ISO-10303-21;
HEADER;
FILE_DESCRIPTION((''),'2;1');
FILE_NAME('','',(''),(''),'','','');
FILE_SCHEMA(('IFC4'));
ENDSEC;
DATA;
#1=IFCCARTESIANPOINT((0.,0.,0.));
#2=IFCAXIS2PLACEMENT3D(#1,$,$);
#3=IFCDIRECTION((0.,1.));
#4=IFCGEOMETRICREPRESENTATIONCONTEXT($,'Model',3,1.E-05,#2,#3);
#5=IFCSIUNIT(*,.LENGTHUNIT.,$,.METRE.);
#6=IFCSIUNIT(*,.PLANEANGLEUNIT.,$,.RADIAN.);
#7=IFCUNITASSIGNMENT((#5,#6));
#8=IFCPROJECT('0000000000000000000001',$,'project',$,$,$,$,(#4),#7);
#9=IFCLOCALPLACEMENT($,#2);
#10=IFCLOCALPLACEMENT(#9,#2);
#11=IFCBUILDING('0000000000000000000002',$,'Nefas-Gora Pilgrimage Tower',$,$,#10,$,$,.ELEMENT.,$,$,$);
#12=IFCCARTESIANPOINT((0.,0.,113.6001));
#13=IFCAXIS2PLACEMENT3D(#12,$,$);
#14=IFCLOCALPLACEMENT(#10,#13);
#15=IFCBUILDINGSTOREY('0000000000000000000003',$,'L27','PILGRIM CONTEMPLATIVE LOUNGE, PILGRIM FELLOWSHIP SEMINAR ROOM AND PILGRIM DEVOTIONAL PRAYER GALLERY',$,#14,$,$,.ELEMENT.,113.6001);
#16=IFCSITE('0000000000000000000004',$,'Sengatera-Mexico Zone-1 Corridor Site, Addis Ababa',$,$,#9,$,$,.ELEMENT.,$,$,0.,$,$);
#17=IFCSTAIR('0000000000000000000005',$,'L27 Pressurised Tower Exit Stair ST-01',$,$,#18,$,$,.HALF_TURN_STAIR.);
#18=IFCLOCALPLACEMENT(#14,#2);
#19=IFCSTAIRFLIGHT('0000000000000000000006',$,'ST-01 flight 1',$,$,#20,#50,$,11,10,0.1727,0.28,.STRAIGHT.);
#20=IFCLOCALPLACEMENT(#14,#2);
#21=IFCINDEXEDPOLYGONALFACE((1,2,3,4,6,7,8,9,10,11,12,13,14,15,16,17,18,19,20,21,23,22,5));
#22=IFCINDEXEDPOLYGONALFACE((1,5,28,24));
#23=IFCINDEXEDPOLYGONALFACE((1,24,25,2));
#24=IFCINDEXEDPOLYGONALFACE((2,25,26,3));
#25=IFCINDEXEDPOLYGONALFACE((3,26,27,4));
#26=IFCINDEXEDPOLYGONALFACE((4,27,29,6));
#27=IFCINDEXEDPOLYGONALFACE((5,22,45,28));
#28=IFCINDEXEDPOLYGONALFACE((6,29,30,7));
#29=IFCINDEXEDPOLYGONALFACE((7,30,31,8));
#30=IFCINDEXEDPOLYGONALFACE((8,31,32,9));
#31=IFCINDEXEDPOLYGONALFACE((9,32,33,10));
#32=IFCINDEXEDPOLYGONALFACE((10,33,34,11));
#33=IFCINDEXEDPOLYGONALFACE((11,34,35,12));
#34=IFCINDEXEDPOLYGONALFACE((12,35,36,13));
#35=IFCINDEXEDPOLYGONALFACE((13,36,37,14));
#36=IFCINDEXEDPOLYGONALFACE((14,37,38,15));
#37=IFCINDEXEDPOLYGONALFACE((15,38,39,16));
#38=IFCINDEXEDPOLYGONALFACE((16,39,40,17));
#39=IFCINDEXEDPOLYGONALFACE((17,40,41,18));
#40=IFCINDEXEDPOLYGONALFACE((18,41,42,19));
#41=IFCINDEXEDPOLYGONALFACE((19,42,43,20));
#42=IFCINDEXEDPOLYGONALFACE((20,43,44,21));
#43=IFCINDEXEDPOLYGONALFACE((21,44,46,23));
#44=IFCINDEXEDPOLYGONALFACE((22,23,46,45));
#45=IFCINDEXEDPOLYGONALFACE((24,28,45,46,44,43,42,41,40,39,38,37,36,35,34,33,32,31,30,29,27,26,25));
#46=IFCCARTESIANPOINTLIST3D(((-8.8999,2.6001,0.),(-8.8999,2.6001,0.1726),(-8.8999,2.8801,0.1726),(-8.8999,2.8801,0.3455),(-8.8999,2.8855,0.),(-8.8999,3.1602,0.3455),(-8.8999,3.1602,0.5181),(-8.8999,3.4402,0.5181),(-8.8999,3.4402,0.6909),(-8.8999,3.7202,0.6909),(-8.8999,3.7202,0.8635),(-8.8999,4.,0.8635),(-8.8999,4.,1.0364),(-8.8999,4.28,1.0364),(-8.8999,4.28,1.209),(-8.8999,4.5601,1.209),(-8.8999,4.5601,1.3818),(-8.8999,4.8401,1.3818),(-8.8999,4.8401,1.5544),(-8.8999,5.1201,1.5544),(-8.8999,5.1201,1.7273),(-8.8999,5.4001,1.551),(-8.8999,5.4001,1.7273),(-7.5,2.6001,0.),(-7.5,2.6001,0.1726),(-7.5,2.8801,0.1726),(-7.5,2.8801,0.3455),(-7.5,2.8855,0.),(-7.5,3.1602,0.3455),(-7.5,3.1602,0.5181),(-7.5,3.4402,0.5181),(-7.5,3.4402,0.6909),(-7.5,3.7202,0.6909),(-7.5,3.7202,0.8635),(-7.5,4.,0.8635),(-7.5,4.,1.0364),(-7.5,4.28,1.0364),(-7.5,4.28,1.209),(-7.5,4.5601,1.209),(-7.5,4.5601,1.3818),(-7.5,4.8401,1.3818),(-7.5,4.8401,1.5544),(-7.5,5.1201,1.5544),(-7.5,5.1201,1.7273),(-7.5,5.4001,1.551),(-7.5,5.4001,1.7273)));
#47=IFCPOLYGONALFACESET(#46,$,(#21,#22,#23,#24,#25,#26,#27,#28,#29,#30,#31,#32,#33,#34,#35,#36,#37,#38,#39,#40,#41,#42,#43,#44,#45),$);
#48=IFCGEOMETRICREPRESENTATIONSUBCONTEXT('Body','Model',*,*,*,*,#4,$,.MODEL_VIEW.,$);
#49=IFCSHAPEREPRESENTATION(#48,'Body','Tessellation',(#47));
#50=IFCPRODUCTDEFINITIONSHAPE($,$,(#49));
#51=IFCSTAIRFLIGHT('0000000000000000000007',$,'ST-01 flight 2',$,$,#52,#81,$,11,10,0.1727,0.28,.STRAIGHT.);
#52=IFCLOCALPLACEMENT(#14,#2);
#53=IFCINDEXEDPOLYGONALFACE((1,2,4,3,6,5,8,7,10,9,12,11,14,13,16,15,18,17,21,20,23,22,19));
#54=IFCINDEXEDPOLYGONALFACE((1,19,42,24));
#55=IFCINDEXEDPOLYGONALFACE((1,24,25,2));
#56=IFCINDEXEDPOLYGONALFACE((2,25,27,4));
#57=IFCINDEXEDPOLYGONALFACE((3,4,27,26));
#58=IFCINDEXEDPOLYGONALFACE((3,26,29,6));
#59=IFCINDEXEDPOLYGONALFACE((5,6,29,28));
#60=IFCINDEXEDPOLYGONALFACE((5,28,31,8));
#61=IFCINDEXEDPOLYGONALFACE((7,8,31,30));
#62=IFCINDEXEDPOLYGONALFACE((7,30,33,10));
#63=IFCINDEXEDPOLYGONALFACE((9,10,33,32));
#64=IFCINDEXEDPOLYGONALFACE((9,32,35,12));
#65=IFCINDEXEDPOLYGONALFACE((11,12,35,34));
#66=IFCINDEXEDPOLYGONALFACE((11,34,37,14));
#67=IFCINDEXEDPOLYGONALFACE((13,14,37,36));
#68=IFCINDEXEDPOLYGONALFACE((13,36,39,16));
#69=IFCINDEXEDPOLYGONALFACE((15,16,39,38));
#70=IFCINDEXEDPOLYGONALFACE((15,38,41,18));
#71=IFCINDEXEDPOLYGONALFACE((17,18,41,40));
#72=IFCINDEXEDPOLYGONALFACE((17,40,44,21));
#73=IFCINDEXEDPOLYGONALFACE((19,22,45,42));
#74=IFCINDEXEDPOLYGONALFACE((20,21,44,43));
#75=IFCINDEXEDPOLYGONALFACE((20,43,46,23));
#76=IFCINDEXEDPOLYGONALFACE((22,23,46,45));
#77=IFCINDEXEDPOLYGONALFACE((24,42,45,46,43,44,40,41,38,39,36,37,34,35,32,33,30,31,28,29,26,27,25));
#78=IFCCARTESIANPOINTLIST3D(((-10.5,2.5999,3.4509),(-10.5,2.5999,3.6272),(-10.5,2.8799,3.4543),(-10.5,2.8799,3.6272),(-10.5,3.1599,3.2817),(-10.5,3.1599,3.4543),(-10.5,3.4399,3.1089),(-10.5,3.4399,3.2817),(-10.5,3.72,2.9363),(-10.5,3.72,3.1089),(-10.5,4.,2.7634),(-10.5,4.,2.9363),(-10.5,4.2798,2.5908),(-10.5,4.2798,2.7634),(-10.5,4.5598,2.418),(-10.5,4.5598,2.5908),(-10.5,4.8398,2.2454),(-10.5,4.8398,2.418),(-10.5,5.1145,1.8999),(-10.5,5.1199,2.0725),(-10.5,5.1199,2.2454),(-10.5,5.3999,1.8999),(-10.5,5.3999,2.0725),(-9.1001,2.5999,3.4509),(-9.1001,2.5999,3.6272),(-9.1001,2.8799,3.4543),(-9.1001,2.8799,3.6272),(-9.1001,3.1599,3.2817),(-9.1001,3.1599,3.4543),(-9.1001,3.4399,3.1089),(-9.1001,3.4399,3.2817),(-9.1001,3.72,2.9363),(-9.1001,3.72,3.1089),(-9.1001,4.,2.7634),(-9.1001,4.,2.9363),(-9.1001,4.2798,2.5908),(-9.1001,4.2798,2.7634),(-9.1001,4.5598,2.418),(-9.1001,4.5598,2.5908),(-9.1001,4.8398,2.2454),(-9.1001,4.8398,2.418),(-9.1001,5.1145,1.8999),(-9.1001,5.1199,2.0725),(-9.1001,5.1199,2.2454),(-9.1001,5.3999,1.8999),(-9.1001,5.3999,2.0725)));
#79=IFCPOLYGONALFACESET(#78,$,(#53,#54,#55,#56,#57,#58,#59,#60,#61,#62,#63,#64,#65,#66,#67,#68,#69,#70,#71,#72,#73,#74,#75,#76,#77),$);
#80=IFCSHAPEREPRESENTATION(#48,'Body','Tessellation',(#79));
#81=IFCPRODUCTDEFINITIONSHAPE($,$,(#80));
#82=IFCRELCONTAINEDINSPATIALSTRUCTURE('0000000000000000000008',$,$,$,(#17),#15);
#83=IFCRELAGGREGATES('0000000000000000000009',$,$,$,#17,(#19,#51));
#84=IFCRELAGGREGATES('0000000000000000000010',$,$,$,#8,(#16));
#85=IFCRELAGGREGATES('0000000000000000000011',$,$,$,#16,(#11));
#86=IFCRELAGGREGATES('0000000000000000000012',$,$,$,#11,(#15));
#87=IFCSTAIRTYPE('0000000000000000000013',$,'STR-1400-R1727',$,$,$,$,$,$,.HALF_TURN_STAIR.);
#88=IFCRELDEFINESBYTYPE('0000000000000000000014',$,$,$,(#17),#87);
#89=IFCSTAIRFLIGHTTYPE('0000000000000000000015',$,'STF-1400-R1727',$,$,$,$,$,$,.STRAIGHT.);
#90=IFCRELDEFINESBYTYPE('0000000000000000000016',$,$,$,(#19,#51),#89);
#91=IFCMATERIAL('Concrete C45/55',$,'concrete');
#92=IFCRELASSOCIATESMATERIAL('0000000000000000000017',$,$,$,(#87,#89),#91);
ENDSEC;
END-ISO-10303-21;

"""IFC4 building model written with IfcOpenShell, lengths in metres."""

from ifc_helpers import new_model, si_unit, direction, frame, origin, place, context, subcontext, project, spatial, polyline, outline, extrude, source, transform, mapped, material, type_object, element, aggregate, save


model = new_model("IFC4")

# Units and contexts
model_context = context("Model", 3, precision=1e-05, world=origin(), true_north=direction((0.0, 1.0)))
body_context = subcontext(model_context, "Body", "Model", "MODEL_VIEW")
ifc_project = project(units=[si_unit("LENGTHUNIT", "METRE"), si_unit("PLANEANGLEUNIT", "RADIAN")], contexts=[model_context])

# Site, building, storey
site_placement = place(None, origin())
site = spatial("IfcSite", under=ifc_project, at=site_placement, Name="Sengatera-Mexico Zone-1 Corridor Site, Addis Ababa", CompositionType="ELEMENT", RefElevation=0.0)
building_placement = place(site_placement, origin())
building = spatial("IfcBuilding", under=site, at=building_placement, Name="Nefas-Gora Pilgrimage Tower", CompositionType="ELEMENT")
storey_placement = place(building_placement, frame((0.0, 0.0, 113.6001)))
storey = spatial("IfcBuildingStorey", under=building, at=storey_placement, Name="L27", Description="PILGRIM CONTEMPLATIVE LOUNGE, PILGRIM FELLOWSHIP SEMINAR ROOM AND PILGRIM DEVOTIONAL PRAYER GALLERY", CompositionType="ELEMENT", Elevation=113.6001)

# Shared definitions
ifc_material_1 = material(Name="Concrete C45/55", Category="concrete")

# Stair, stair flights
stair_type = type_object("IfcStairType", Name="STR-1400-R1727", PredefinedType="HALF_TURN_STAIR", material=ifc_material_1)
stair_placement = place(storey_placement, origin())
stair = element("IfcStair", 1, at=stair_placement, inside=storey, type_object=stair_type, Name="L27 Pressurised Tower Exit Stair ST-01", PredefinedType="HALF_TURN_STAIR")
stair_flight_type = type_object("IfcStairFlightType", Name="STF-1400-R1727", PredefinedType="STRAIGHT", material=ifc_material_1)
shared_shape_1 = source(origin(), body_context, "Body", "SweptSolid", [
    extrude(outline(polyline([(0.0, 0.0), (0.0, 0.1726), (0.28, 0.1726), (0.28, 0.3455), (0.5601, 0.3455), (0.5601, 0.5181), (0.8401, 0.5181), (0.8401, 0.6909), (1.1201, 0.6909), (1.1201, 0.8635), (1.3999, 0.8635), (1.3999, 1.0364), (1.6799, 1.0364), (1.6799, 1.209), (1.96, 1.209), (1.96, 1.3818), (2.24, 1.3818), (2.24, 1.5544), (2.52, 1.5544), (2.52, 1.7273), (2.8, 1.7273), (2.8, 1.8999), (2.8, 1.551), (0.2854, 0.0), (0.0, 0.0)])), frame((0.0, 0.7, 0.0), z_axis=(0.0, -1.0, 0.0), x_axis=(1.0, 0.0, 0.0)), (0.0, 0.0, 1.0), 1.3999),
])
stair_flight_1_placement = place(storey_placement, frame((-8.2, 2.6001, 0.0), z_axis=(0.0, 0.0, 1.0), x_axis=(0.0, 1.0, 0.0)))
stair_flight_1 = element("IfcStairFlight", 2, at=stair_flight_1_placement, type_object=stair_flight_type, Name="ST-01 flight 1", NumberOfRisers=11, NumberOfTreads=10, PredefinedType="STRAIGHT", RiserHeight=0.1727, TreadLength=0.28, context=body_context, shape_type="MappedRepresentation", body=[
    mapped(shared_shape_1, transform((0.0, 0.0, 0.0), x_axis=(1.0, 0.0, 0.0), y_axis=(0.0, 1.0, 0.0), z_axis=(0.0, 0.0, 1.0), scale=1.0)),
])
stair_flight_2_placement = place(storey_placement, frame((-9.8, 5.3999, 1.8999), z_axis=(0.0, 0.0, 1.0), x_axis=(0.0, -1.0, 0.0)))
stair_flight_2 = element("IfcStairFlight", 3, at=stair_flight_2_placement, type_object=stair_flight_type, Name="ST-01 flight 2", NumberOfRisers=11, NumberOfTreads=10, PredefinedType="STRAIGHT", RiserHeight=0.1727, TreadLength=0.28, context=body_context, shape_type="MappedRepresentation", body=[
    mapped(shared_shape_1, transform((0.0, 0.0, 0.0), x_axis=(1.0, 0.0, 0.0), y_axis=(0.0, 1.0, 0.0), z_axis=(0.0, 0.0, 1.0), scale=1.0)),
])
aggregate(stair, [stair_flight_1, stair_flight_2])

save(model, "model.ifc")
